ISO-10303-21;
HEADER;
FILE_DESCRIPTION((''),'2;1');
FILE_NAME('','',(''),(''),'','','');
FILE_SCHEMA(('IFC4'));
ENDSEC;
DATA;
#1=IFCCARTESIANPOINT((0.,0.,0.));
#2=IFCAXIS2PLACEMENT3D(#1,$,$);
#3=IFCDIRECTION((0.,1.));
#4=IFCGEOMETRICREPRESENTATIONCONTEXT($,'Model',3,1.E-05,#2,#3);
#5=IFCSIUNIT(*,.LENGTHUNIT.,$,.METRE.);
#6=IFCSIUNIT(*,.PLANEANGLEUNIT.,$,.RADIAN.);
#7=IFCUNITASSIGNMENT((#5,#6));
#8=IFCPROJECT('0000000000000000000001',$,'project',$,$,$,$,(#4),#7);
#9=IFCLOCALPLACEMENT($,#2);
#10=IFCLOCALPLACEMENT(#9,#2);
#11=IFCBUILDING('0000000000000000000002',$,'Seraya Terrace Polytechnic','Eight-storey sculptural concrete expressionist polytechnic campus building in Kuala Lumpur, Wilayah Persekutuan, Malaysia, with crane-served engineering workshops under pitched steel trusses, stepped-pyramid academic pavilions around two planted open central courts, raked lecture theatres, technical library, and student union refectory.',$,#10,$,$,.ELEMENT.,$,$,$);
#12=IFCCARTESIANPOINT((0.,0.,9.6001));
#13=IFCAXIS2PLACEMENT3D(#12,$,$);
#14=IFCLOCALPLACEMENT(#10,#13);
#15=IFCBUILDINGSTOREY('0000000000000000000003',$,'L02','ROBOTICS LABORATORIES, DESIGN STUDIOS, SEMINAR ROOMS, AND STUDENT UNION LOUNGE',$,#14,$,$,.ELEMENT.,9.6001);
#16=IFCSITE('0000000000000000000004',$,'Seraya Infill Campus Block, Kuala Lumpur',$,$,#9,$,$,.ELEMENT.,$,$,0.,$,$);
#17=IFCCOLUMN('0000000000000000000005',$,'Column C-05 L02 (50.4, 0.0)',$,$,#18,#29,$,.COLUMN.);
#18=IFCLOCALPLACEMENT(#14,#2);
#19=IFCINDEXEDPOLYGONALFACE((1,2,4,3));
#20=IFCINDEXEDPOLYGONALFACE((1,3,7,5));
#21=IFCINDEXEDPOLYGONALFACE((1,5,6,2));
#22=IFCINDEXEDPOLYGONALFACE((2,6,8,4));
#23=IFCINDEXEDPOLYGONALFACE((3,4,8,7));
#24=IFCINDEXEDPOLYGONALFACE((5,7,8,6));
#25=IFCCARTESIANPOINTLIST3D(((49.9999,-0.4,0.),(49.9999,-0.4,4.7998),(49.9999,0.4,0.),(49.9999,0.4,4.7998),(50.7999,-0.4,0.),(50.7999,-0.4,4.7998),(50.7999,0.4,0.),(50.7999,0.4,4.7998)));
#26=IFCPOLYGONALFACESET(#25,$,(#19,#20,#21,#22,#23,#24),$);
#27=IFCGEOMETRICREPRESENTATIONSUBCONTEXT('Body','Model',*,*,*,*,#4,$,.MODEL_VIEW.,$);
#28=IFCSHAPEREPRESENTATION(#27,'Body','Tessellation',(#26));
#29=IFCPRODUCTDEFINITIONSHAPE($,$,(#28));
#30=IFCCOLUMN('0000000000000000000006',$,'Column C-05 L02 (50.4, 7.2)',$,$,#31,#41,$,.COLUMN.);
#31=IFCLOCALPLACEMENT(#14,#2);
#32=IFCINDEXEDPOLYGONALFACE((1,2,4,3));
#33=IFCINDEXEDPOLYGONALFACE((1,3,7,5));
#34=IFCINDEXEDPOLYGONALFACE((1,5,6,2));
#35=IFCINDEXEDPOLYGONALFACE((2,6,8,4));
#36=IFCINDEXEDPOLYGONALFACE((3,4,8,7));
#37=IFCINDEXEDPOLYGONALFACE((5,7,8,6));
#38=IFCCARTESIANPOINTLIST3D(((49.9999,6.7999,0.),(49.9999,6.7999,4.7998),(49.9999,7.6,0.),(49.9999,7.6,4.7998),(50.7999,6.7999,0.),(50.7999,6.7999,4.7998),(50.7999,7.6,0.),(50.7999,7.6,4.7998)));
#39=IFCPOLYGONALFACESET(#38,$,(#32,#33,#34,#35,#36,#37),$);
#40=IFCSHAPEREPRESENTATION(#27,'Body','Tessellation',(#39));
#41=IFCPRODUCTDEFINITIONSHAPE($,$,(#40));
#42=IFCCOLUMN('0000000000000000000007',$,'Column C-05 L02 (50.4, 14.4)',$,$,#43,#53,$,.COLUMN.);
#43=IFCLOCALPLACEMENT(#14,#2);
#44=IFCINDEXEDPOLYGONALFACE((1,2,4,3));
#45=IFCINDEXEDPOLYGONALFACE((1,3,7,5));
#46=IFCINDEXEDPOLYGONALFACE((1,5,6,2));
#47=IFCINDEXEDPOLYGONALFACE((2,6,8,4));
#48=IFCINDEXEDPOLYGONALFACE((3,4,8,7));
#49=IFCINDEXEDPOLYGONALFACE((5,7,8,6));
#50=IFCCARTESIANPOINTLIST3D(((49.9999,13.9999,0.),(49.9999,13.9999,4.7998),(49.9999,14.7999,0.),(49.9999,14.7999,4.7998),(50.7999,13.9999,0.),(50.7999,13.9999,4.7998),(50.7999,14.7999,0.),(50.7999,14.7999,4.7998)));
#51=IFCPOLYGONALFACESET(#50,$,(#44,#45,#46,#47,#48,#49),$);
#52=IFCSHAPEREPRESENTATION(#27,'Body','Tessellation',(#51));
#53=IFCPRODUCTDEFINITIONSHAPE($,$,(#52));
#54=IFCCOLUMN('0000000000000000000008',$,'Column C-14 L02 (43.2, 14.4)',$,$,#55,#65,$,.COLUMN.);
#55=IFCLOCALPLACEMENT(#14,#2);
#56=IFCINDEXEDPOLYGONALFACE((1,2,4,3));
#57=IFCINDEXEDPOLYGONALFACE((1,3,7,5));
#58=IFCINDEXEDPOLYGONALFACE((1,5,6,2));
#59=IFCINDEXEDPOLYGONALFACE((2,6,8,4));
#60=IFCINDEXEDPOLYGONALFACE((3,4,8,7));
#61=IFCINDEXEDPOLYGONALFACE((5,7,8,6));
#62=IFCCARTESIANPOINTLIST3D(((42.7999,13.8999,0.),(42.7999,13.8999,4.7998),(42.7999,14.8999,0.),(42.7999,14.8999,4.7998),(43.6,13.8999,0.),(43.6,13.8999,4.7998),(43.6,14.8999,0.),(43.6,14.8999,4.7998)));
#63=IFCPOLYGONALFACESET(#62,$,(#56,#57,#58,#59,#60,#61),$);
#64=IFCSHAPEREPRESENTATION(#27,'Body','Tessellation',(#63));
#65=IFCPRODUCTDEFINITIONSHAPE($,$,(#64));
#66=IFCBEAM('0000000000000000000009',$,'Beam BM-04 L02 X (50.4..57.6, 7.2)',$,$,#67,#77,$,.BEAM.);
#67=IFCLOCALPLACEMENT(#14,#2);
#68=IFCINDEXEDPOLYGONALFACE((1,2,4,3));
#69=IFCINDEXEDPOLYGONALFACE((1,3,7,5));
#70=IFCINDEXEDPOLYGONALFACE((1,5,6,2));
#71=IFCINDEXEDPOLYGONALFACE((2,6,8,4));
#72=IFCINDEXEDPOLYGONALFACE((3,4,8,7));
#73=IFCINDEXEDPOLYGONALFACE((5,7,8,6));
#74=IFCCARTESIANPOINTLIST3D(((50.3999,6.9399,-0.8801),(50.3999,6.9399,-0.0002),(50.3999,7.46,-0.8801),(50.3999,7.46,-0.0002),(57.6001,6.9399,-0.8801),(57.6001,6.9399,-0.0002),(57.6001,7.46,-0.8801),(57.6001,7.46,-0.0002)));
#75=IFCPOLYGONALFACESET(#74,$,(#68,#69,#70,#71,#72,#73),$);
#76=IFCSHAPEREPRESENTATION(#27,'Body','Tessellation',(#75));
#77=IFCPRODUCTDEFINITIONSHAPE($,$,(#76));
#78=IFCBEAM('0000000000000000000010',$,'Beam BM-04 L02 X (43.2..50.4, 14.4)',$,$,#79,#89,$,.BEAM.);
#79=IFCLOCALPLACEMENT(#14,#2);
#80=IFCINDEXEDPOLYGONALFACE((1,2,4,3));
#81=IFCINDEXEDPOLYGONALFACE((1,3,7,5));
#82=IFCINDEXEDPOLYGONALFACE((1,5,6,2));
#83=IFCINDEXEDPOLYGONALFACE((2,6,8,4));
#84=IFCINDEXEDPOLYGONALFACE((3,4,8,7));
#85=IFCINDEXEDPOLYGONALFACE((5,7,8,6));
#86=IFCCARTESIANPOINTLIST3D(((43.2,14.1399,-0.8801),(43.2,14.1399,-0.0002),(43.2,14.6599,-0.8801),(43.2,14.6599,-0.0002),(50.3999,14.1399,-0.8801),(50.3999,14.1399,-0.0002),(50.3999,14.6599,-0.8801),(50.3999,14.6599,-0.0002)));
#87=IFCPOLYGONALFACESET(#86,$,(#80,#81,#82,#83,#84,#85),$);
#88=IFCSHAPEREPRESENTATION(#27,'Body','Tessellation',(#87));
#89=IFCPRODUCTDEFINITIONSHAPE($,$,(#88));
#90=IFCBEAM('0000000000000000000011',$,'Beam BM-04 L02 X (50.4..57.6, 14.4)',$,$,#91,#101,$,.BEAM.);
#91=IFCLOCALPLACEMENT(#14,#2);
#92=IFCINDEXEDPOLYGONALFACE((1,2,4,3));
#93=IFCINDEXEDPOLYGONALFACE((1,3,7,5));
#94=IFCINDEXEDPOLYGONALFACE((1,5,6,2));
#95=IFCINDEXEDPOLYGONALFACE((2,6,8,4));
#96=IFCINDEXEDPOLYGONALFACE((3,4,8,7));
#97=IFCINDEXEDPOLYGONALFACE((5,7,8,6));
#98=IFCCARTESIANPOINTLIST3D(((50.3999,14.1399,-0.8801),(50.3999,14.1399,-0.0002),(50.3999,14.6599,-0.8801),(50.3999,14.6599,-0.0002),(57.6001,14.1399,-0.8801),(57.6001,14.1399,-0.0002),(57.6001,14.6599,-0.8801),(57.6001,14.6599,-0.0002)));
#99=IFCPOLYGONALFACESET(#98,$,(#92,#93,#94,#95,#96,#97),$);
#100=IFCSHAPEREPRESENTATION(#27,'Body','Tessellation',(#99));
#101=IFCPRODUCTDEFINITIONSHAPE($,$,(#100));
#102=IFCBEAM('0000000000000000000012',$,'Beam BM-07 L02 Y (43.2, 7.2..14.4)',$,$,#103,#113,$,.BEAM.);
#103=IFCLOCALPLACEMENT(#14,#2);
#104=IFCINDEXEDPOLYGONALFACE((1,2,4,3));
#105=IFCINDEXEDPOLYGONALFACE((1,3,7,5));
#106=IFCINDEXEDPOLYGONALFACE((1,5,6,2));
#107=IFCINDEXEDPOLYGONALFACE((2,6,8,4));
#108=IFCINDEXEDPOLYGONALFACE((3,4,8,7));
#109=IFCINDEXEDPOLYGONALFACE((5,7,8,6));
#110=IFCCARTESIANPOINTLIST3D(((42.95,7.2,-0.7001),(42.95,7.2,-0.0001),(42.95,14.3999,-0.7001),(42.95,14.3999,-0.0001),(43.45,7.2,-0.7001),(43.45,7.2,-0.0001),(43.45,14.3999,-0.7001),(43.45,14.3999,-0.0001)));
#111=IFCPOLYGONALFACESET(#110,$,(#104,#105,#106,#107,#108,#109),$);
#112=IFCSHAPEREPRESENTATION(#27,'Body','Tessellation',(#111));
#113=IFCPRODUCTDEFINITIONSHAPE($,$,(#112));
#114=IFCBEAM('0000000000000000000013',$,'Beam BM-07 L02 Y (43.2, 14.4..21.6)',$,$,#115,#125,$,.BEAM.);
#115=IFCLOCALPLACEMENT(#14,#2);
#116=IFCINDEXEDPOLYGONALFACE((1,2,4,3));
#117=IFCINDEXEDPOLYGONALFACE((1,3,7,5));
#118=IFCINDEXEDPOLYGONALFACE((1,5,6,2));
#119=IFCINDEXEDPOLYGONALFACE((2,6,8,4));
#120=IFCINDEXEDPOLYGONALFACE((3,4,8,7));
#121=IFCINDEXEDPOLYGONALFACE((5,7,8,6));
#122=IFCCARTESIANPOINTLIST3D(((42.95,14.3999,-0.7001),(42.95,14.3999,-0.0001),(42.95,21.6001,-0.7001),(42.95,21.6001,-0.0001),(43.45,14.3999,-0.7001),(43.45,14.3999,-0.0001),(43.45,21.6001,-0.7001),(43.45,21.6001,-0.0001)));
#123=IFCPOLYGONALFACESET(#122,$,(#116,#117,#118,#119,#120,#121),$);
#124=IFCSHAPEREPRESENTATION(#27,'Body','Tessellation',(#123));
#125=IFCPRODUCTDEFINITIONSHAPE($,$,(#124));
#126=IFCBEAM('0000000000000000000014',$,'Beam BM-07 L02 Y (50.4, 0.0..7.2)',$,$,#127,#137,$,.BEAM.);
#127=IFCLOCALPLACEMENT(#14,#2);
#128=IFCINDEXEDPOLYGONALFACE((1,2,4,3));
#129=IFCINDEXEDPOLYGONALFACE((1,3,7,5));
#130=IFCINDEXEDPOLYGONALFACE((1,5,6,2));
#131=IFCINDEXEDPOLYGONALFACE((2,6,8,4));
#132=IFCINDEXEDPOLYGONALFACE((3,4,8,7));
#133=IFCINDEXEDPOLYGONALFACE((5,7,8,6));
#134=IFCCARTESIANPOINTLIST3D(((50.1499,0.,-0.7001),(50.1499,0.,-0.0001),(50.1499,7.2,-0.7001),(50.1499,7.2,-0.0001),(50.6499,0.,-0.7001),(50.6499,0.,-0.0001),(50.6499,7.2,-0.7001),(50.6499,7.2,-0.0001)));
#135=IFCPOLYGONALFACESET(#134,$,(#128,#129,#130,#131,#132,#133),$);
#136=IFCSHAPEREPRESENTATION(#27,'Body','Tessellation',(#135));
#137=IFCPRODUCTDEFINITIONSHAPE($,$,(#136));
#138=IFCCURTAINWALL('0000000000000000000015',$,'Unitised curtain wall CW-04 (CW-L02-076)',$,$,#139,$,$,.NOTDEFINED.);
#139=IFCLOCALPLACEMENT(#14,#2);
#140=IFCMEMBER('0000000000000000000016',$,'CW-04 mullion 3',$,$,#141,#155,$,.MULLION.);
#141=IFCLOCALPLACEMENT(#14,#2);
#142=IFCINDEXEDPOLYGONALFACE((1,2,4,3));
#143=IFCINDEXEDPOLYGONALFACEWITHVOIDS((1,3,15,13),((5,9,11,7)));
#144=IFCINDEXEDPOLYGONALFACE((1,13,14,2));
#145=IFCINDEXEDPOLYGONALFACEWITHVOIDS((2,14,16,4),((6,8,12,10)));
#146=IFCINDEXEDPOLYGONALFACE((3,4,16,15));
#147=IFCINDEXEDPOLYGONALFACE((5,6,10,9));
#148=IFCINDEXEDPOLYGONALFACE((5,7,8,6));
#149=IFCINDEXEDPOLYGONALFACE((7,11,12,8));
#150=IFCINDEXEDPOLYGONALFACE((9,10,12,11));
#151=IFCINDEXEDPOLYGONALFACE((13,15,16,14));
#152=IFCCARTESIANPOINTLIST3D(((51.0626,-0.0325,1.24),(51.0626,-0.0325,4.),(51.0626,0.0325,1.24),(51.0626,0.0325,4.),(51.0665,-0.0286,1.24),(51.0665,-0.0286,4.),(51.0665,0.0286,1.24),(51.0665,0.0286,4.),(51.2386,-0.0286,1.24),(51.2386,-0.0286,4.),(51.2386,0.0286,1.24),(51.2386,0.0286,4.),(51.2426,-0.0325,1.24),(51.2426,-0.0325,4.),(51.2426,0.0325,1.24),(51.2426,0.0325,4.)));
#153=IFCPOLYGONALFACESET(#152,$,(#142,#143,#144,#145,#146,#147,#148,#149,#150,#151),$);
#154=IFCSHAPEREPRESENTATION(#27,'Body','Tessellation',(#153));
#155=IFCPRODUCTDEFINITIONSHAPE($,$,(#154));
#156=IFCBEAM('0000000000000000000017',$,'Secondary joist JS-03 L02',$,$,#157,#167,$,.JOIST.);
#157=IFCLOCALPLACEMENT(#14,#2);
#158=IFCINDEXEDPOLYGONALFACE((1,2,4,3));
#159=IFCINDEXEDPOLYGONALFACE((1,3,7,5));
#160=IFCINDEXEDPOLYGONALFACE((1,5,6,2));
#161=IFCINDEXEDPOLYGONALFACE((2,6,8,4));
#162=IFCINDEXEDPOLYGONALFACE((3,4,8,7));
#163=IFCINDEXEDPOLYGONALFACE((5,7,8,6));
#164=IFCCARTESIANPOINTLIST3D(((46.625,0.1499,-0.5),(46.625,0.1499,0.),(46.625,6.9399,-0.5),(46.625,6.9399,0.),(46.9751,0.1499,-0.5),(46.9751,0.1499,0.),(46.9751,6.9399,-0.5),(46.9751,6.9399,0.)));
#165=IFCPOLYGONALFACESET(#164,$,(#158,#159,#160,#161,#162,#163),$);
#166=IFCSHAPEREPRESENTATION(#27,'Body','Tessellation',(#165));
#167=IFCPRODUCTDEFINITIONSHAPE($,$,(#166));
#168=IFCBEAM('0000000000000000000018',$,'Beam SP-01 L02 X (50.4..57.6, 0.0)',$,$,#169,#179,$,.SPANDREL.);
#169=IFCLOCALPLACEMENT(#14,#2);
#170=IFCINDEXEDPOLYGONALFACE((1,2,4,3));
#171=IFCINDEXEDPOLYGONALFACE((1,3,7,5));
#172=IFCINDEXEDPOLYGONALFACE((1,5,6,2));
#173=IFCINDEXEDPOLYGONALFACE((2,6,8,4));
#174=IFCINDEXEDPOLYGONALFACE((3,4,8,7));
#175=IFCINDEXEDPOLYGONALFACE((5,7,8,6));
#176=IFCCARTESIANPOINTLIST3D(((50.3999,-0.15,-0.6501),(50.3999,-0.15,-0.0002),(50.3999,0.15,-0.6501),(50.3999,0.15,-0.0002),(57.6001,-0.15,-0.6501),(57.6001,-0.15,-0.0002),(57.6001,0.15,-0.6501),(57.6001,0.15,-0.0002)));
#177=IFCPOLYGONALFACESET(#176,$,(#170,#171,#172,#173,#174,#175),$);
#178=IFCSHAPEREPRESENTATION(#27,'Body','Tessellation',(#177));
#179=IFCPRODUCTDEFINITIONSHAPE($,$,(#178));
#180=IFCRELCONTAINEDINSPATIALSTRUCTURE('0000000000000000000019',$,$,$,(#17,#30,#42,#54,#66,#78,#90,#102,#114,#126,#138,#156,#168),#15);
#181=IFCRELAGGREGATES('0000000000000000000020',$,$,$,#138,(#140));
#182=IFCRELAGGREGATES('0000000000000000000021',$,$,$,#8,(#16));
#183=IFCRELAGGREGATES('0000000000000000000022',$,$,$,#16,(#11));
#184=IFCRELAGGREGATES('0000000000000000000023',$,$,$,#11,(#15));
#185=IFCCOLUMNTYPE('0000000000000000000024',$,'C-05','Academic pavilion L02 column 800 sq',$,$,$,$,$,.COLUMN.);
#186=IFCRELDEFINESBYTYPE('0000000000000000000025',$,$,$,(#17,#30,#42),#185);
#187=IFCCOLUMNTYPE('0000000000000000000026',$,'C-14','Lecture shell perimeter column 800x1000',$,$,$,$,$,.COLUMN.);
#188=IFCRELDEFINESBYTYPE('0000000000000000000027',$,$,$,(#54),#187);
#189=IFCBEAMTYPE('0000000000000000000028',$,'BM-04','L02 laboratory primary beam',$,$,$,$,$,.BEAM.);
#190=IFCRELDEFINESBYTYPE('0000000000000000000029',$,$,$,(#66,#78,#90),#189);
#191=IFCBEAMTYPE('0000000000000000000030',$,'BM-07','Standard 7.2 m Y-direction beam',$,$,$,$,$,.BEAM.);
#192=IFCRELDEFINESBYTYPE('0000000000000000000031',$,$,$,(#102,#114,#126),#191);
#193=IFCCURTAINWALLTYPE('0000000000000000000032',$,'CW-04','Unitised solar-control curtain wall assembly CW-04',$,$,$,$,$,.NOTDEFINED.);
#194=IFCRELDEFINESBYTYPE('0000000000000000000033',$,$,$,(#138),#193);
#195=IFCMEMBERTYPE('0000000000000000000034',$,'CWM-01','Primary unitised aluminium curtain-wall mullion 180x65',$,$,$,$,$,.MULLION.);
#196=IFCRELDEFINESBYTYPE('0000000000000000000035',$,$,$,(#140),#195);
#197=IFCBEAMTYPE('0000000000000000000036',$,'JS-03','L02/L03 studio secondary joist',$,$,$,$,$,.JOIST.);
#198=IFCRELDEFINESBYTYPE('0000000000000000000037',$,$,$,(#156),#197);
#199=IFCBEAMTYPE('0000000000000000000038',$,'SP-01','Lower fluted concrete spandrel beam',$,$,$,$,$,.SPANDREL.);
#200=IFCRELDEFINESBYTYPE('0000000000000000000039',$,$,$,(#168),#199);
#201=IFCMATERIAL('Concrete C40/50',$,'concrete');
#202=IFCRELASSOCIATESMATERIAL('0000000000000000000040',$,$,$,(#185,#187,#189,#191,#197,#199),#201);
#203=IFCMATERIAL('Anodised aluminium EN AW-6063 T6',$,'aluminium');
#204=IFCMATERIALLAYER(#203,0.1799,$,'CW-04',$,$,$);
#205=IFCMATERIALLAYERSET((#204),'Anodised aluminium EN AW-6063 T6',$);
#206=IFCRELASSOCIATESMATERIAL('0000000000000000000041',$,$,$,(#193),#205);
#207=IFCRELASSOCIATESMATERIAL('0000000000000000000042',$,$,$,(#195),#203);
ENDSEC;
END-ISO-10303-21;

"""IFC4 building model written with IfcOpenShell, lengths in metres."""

from ifc_helpers import new_model, si_unit, direction, frame, origin, origin_2d, place, context, subcontext, project, spatial, rectangle, hollow_rectangle, extrude, material, layer, layer_set, material_profile, profile_set, type_object, element, aggregate, save


model = new_model("IFC4")

# Units and contexts
model_context = context("Model", 3, precision=1e-05, world=origin(), true_north=direction((0.0, 1.0)))
body_context = subcontext(model_context, "Body", "Model", "MODEL_VIEW")
ifc_project = project(units=[si_unit("LENGTHUNIT", "METRE"), si_unit("PLANEANGLEUNIT", "RADIAN")], contexts=[model_context])

# Site, building, storey
site_placement = place(None, origin())
site = spatial("IfcSite", under=ifc_project, at=site_placement, Name="Seraya Infill Campus Block, Kuala Lumpur", CompositionType="ELEMENT", RefElevation=0.0)
building_placement = place(site_placement, origin())
building = spatial("IfcBuilding", under=site, at=building_placement, Name="Seraya Terrace Polytechnic", Description="Eight-storey sculptural concrete expressionist polytechnic campus building in Kuala Lumpur, Wilayah Persekutuan, Malaysia, with crane-served engineering workshops under pitched steel trusses, stepped-pyramid academic pavilions around two planted open central courts, raked lecture theatres, technical library, and student union refectory.", CompositionType="ELEMENT")
storey_placement = place(building_placement, frame((0.0, 0.0, 9.6001)))
storey = spatial("IfcBuildingStorey", under=building, at=storey_placement, Name="L02", Description="ROBOTICS LABORATORIES, DESIGN STUDIOS, SEMINAR ROOMS, AND STUDENT UNION LOUNGE", CompositionType="ELEMENT", Elevation=9.6001)

# Columns
ifc_material_1 = material(Name="Concrete C40/50", Category="concrete")
ifc_material_profile_1 = material_profile(ifc_material_1, rectangle(XDim=0.8, YDim=0.8, at=origin_2d()), Name="RC 800x800")
ifc_profile_set_1 = profile_set([ifc_material_profile_1], Name="Concrete C40/50")
column_type_1 = type_object("IfcColumnType", Name="C-05", Description="Academic pavilion L02 column 800 sq", PredefinedType="COLUMN", material=ifc_profile_set_1)
for number, where, z_axis, x_axis, name in (
    (1, (50.3999, 0.0, 0.0), (0.0, 0.0, 1.0), (1.0, 0.0, 0.0), "Column C-05 L02 (50.4, 0.0)"),
    (2, (50.3999, 7.2, 0.0), (0.0, 0.0, 1.0), (1.0, 0.0, 0.0), "Column C-05 L02 (50.4, 7.2)"),
    (3, (50.3999, 14.3999, 0.0), (0.0, 0.0, 1.0), (1.0, 0.0, 0.0), "Column C-05 L02 (50.4, 14.4)"),
):
    element("IfcColumn", number, at=place(storey_placement, frame(where, z_axis=z_axis, x_axis=x_axis)), inside=storey, type_object=column_type_1, Name=name, PredefinedType="COLUMN", context=body_context, shape_type="SweptSolid", body=[
        extrude(rectangle(XDim=0.8, YDim=0.8, at=origin_2d()), origin(), (0.0, 0.0, 1.0), 4.7998),
    ])
ifc_material_profile_2 = material_profile(ifc_material_1, rectangle(XDim=0.8, YDim=1.0, at=origin_2d()), Name="RC 800x1000")
ifc_profile_set_2 = profile_set([ifc_material_profile_2], Name="Concrete C40/50")
column_type_2 = type_object("IfcColumnType", Name="C-14", Description="Lecture shell perimeter column 800x1000", PredefinedType="COLUMN", material=ifc_profile_set_2)
column_placement = place(storey_placement, frame((43.2, 14.3999, 0.0), z_axis=(0.0, 0.0, 1.0), x_axis=(1.0, 0.0, 0.0)))
element("IfcColumn", 4, at=column_placement, inside=storey, type_object=column_type_2, Name="Column C-14 L02 (43.2, 14.4)", PredefinedType="COLUMN", context=body_context, shape_type="SweptSolid", body=[
    extrude(rectangle(XDim=0.8, YDim=1.0, at=origin_2d()), origin(), (0.0, 0.0, 1.0), 4.7998),
])

# Beams
ifc_material_profile_3 = material_profile(ifc_material_1, rectangle(XDim=0.52, YDim=0.8799, at=origin_2d()), Name="RC 520x880")
ifc_profile_set_3 = profile_set([ifc_material_profile_3], Name="Concrete C40/50")
beam_type_1 = type_object("IfcBeamType", Name="BM-04", Description="L02 laboratory primary beam", PredefinedType="BEAM", material=ifc_profile_set_3)
beam_1_placement = place(storey_placement, frame((50.3999, 7.2, -0.4402), z_axis=(1.0, 0.0, 0.0), x_axis=(0.0, 1.0, 0.0)))
element("IfcBeam", 5, at=beam_1_placement, inside=storey, type_object=beam_type_1, Name="Beam BM-04 L02 X (50.4..57.6, 7.2)", PredefinedType="BEAM", context=body_context, shape_type="SweptSolid", body=[
    extrude(rectangle(XDim=0.52, YDim=0.8799, at=origin_2d()), origin(), (0.0, 0.0, 1.0), 7.2002),
])
beam_2_placement = place(storey_placement, frame((43.2, 14.3999, -0.4402), z_axis=(1.0, 0.0, 0.0), x_axis=(0.0, 1.0, 0.0)))
element("IfcBeam", 6, at=beam_2_placement, inside=storey, type_object=beam_type_1, Name="Beam BM-04 L02 X (43.2..50.4, 14.4)", PredefinedType="BEAM", context=body_context, shape_type="SweptSolid", body=[
    extrude(rectangle(XDim=0.52, YDim=0.8799, at=origin_2d()), origin(), (0.0, 0.0, 1.0), 7.2),
])
beam_3_placement = place(storey_placement, frame((50.3999, 14.3999, -0.4402), z_axis=(1.0, 0.0, 0.0), x_axis=(0.0, 1.0, 0.0)))
element("IfcBeam", 7, at=beam_3_placement, inside=storey, type_object=beam_type_1, Name="Beam BM-04 L02 X (50.4..57.6, 14.4)", PredefinedType="BEAM", context=body_context, shape_type="SweptSolid", body=[
    extrude(rectangle(XDim=0.52, YDim=0.8799, at=origin_2d()), origin(), (0.0, 0.0, 1.0), 7.2002),
])
ifc_material_profile_4 = material_profile(ifc_material_1, rectangle(XDim=0.5, YDim=0.7, at=origin_2d()), Name="RC 500x700")
ifc_profile_set_4 = profile_set([ifc_material_profile_4], Name="Concrete C40/50")
beam_type_2 = type_object("IfcBeamType", Name="BM-07", Description="Standard 7.2 m Y-direction beam", PredefinedType="BEAM", material=ifc_profile_set_4)
beam_4_placement = place(storey_placement, frame((43.2, 7.2, -0.3501), z_axis=(0.0, 1.0, 0.0), x_axis=(-1.0, 0.0, 0.0)))
element("IfcBeam", 8, at=beam_4_placement, inside=storey, type_object=beam_type_2, Name="Beam BM-07 L02 Y (43.2, 7.2..14.4)", PredefinedType="BEAM", context=body_context, shape_type="SweptSolid", body=[
    extrude(rectangle(XDim=0.5, YDim=0.7, at=origin_2d()), origin(), (0.0, 0.0, 1.0), 7.2),
])
beam_5_placement = place(storey_placement, frame((43.2, 14.3999, -0.3501), z_axis=(0.0, 1.0, 0.0), x_axis=(-1.0, 0.0, 0.0)))
element("IfcBeam", 9, at=beam_5_placement, inside=storey, type_object=beam_type_2, Name="Beam BM-07 L02 Y (43.2, 14.4..21.6)", PredefinedType="BEAM", context=body_context, shape_type="SweptSolid", body=[
    extrude(rectangle(XDim=0.5, YDim=0.7, at=origin_2d()), origin(), (0.0, 0.0, 1.0), 7.2002),
])
beam_6_placement = place(storey_placement, frame((50.3999, 0.0, -0.3501), z_axis=(0.0, 1.0, 0.0), x_axis=(-1.0, 0.0, 0.0)))
element("IfcBeam", 10, at=beam_6_placement, inside=storey, type_object=beam_type_2, Name="Beam BM-07 L02 Y (50.4, 0.0..7.2)", PredefinedType="BEAM", context=body_context, shape_type="SweptSolid", body=[
    extrude(rectangle(XDim=0.5, YDim=0.7, at=origin_2d()), origin(), (0.0, 0.0, 1.0), 7.2),
])

# Curtain wall, member
ifc_material_2 = material(Name="Anodised aluminium EN AW-6063 T6", Category="aluminium")
ifc_layer_1 = layer(ifc_material_2, 0.1799, Name="CW-04")
ifc_layer_set_1 = layer_set([ifc_layer_1], Name="Anodised aluminium EN AW-6063 T6")
curtain_wall_type = type_object("IfcCurtainWallType", Name="CW-04", Description="Unitised solar-control curtain wall assembly CW-04", PredefinedType="NOTDEFINED", material=ifc_layer_set_1)
curtain_wall_placement = place(storey_placement, origin())
curtain_wall = element("IfcCurtainWall", 11, at=curtain_wall_placement, inside=storey, type_object=curtain_wall_type, Name="Unitised curtain wall CW-04 (CW-L02-076)", PredefinedType="NOTDEFINED")
ifc_material_profile_5 = material_profile(ifc_material_2, hollow_rectangle(XDim=0.0649, YDim=0.1799, WallThickness=0.0039, at=origin_2d()), Name="RHS 180x65x4.0")
ifc_profile_set_5 = profile_set([ifc_material_profile_5], Name="Anodised aluminium EN AW-6063 T6")
member_type = type_object("IfcMemberType", Name="CWM-01", Description="Primary unitised aluminium curtain-wall mullion 180x65", PredefinedType="MULLION", material=ifc_profile_set_5)
member_placement = place(storey_placement, frame((51.1526, 0.0, 1.24), z_axis=(0.0, 0.0, 1.0), x_axis=(0.0, -1.0, 0.0)))
member = element("IfcMember", 12, at=member_placement, type_object=member_type, Name="CW-04 mullion 3", PredefinedType="MULLION", context=body_context, shape_type="SweptSolid", body=[
    extrude(hollow_rectangle(XDim=0.0649, YDim=0.1799, WallThickness=0.0039, at=origin_2d()), origin(), (0.0, 0.0, 1.0), 2.76),
])
aggregate(curtain_wall, [member])

# Beams
ifc_material_profile_6 = material_profile(ifc_material_1, rectangle(XDim=0.3501, YDim=0.5, at=origin_2d()), Name="RC 350x500")
ifc_profile_set_6 = profile_set([ifc_material_profile_6], Name="Concrete C40/50")
beam_type_3 = type_object("IfcBeamType", Name="JS-03", Description="L02/L03 studio secondary joist", PredefinedType="JOIST", material=ifc_profile_set_6)
beam_7_placement = place(storey_placement, frame((46.8, 0.1499, -0.25), z_axis=(0.0, 1.0, 0.0), x_axis=(-1.0, 0.0, 0.0)))
element("IfcBeam", 13, at=beam_7_placement, inside=storey, type_object=beam_type_3, Name="Secondary joist JS-03 L02", PredefinedType="JOIST", context=body_context, shape_type="SweptSolid", body=[
    extrude(rectangle(XDim=0.3501, YDim=0.5, at=origin_2d()), origin(), (0.0, 0.0, 1.0), 6.79),
])
ifc_material_profile_7 = material_profile(ifc_material_1, rectangle(XDim=0.3, YDim=0.6499, at=origin_2d()), Name="RC 300x650")
ifc_profile_set_7 = profile_set([ifc_material_profile_7], Name="Concrete C40/50")
beam_type_4 = type_object("IfcBeamType", Name="SP-01", Description="Lower fluted concrete spandrel beam", PredefinedType="SPANDREL", material=ifc_profile_set_7)
beam_8_placement = place(storey_placement, frame((50.3999, 0.0, -0.3252), z_axis=(1.0, 0.0, 0.0), x_axis=(0.0, 1.0, 0.0)))
element("IfcBeam", 14, at=beam_8_placement, inside=storey, type_object=beam_type_4, Name="Beam SP-01 L02 X (50.4..57.6, 0.0)", PredefinedType="SPANDREL", context=body_context, shape_type="SweptSolid", body=[
    extrude(rectangle(XDim=0.3, YDim=0.6499, at=origin_2d()), origin(), (0.0, 0.0, 1.0), 7.2002),
])

save(model, "model.ifc")
